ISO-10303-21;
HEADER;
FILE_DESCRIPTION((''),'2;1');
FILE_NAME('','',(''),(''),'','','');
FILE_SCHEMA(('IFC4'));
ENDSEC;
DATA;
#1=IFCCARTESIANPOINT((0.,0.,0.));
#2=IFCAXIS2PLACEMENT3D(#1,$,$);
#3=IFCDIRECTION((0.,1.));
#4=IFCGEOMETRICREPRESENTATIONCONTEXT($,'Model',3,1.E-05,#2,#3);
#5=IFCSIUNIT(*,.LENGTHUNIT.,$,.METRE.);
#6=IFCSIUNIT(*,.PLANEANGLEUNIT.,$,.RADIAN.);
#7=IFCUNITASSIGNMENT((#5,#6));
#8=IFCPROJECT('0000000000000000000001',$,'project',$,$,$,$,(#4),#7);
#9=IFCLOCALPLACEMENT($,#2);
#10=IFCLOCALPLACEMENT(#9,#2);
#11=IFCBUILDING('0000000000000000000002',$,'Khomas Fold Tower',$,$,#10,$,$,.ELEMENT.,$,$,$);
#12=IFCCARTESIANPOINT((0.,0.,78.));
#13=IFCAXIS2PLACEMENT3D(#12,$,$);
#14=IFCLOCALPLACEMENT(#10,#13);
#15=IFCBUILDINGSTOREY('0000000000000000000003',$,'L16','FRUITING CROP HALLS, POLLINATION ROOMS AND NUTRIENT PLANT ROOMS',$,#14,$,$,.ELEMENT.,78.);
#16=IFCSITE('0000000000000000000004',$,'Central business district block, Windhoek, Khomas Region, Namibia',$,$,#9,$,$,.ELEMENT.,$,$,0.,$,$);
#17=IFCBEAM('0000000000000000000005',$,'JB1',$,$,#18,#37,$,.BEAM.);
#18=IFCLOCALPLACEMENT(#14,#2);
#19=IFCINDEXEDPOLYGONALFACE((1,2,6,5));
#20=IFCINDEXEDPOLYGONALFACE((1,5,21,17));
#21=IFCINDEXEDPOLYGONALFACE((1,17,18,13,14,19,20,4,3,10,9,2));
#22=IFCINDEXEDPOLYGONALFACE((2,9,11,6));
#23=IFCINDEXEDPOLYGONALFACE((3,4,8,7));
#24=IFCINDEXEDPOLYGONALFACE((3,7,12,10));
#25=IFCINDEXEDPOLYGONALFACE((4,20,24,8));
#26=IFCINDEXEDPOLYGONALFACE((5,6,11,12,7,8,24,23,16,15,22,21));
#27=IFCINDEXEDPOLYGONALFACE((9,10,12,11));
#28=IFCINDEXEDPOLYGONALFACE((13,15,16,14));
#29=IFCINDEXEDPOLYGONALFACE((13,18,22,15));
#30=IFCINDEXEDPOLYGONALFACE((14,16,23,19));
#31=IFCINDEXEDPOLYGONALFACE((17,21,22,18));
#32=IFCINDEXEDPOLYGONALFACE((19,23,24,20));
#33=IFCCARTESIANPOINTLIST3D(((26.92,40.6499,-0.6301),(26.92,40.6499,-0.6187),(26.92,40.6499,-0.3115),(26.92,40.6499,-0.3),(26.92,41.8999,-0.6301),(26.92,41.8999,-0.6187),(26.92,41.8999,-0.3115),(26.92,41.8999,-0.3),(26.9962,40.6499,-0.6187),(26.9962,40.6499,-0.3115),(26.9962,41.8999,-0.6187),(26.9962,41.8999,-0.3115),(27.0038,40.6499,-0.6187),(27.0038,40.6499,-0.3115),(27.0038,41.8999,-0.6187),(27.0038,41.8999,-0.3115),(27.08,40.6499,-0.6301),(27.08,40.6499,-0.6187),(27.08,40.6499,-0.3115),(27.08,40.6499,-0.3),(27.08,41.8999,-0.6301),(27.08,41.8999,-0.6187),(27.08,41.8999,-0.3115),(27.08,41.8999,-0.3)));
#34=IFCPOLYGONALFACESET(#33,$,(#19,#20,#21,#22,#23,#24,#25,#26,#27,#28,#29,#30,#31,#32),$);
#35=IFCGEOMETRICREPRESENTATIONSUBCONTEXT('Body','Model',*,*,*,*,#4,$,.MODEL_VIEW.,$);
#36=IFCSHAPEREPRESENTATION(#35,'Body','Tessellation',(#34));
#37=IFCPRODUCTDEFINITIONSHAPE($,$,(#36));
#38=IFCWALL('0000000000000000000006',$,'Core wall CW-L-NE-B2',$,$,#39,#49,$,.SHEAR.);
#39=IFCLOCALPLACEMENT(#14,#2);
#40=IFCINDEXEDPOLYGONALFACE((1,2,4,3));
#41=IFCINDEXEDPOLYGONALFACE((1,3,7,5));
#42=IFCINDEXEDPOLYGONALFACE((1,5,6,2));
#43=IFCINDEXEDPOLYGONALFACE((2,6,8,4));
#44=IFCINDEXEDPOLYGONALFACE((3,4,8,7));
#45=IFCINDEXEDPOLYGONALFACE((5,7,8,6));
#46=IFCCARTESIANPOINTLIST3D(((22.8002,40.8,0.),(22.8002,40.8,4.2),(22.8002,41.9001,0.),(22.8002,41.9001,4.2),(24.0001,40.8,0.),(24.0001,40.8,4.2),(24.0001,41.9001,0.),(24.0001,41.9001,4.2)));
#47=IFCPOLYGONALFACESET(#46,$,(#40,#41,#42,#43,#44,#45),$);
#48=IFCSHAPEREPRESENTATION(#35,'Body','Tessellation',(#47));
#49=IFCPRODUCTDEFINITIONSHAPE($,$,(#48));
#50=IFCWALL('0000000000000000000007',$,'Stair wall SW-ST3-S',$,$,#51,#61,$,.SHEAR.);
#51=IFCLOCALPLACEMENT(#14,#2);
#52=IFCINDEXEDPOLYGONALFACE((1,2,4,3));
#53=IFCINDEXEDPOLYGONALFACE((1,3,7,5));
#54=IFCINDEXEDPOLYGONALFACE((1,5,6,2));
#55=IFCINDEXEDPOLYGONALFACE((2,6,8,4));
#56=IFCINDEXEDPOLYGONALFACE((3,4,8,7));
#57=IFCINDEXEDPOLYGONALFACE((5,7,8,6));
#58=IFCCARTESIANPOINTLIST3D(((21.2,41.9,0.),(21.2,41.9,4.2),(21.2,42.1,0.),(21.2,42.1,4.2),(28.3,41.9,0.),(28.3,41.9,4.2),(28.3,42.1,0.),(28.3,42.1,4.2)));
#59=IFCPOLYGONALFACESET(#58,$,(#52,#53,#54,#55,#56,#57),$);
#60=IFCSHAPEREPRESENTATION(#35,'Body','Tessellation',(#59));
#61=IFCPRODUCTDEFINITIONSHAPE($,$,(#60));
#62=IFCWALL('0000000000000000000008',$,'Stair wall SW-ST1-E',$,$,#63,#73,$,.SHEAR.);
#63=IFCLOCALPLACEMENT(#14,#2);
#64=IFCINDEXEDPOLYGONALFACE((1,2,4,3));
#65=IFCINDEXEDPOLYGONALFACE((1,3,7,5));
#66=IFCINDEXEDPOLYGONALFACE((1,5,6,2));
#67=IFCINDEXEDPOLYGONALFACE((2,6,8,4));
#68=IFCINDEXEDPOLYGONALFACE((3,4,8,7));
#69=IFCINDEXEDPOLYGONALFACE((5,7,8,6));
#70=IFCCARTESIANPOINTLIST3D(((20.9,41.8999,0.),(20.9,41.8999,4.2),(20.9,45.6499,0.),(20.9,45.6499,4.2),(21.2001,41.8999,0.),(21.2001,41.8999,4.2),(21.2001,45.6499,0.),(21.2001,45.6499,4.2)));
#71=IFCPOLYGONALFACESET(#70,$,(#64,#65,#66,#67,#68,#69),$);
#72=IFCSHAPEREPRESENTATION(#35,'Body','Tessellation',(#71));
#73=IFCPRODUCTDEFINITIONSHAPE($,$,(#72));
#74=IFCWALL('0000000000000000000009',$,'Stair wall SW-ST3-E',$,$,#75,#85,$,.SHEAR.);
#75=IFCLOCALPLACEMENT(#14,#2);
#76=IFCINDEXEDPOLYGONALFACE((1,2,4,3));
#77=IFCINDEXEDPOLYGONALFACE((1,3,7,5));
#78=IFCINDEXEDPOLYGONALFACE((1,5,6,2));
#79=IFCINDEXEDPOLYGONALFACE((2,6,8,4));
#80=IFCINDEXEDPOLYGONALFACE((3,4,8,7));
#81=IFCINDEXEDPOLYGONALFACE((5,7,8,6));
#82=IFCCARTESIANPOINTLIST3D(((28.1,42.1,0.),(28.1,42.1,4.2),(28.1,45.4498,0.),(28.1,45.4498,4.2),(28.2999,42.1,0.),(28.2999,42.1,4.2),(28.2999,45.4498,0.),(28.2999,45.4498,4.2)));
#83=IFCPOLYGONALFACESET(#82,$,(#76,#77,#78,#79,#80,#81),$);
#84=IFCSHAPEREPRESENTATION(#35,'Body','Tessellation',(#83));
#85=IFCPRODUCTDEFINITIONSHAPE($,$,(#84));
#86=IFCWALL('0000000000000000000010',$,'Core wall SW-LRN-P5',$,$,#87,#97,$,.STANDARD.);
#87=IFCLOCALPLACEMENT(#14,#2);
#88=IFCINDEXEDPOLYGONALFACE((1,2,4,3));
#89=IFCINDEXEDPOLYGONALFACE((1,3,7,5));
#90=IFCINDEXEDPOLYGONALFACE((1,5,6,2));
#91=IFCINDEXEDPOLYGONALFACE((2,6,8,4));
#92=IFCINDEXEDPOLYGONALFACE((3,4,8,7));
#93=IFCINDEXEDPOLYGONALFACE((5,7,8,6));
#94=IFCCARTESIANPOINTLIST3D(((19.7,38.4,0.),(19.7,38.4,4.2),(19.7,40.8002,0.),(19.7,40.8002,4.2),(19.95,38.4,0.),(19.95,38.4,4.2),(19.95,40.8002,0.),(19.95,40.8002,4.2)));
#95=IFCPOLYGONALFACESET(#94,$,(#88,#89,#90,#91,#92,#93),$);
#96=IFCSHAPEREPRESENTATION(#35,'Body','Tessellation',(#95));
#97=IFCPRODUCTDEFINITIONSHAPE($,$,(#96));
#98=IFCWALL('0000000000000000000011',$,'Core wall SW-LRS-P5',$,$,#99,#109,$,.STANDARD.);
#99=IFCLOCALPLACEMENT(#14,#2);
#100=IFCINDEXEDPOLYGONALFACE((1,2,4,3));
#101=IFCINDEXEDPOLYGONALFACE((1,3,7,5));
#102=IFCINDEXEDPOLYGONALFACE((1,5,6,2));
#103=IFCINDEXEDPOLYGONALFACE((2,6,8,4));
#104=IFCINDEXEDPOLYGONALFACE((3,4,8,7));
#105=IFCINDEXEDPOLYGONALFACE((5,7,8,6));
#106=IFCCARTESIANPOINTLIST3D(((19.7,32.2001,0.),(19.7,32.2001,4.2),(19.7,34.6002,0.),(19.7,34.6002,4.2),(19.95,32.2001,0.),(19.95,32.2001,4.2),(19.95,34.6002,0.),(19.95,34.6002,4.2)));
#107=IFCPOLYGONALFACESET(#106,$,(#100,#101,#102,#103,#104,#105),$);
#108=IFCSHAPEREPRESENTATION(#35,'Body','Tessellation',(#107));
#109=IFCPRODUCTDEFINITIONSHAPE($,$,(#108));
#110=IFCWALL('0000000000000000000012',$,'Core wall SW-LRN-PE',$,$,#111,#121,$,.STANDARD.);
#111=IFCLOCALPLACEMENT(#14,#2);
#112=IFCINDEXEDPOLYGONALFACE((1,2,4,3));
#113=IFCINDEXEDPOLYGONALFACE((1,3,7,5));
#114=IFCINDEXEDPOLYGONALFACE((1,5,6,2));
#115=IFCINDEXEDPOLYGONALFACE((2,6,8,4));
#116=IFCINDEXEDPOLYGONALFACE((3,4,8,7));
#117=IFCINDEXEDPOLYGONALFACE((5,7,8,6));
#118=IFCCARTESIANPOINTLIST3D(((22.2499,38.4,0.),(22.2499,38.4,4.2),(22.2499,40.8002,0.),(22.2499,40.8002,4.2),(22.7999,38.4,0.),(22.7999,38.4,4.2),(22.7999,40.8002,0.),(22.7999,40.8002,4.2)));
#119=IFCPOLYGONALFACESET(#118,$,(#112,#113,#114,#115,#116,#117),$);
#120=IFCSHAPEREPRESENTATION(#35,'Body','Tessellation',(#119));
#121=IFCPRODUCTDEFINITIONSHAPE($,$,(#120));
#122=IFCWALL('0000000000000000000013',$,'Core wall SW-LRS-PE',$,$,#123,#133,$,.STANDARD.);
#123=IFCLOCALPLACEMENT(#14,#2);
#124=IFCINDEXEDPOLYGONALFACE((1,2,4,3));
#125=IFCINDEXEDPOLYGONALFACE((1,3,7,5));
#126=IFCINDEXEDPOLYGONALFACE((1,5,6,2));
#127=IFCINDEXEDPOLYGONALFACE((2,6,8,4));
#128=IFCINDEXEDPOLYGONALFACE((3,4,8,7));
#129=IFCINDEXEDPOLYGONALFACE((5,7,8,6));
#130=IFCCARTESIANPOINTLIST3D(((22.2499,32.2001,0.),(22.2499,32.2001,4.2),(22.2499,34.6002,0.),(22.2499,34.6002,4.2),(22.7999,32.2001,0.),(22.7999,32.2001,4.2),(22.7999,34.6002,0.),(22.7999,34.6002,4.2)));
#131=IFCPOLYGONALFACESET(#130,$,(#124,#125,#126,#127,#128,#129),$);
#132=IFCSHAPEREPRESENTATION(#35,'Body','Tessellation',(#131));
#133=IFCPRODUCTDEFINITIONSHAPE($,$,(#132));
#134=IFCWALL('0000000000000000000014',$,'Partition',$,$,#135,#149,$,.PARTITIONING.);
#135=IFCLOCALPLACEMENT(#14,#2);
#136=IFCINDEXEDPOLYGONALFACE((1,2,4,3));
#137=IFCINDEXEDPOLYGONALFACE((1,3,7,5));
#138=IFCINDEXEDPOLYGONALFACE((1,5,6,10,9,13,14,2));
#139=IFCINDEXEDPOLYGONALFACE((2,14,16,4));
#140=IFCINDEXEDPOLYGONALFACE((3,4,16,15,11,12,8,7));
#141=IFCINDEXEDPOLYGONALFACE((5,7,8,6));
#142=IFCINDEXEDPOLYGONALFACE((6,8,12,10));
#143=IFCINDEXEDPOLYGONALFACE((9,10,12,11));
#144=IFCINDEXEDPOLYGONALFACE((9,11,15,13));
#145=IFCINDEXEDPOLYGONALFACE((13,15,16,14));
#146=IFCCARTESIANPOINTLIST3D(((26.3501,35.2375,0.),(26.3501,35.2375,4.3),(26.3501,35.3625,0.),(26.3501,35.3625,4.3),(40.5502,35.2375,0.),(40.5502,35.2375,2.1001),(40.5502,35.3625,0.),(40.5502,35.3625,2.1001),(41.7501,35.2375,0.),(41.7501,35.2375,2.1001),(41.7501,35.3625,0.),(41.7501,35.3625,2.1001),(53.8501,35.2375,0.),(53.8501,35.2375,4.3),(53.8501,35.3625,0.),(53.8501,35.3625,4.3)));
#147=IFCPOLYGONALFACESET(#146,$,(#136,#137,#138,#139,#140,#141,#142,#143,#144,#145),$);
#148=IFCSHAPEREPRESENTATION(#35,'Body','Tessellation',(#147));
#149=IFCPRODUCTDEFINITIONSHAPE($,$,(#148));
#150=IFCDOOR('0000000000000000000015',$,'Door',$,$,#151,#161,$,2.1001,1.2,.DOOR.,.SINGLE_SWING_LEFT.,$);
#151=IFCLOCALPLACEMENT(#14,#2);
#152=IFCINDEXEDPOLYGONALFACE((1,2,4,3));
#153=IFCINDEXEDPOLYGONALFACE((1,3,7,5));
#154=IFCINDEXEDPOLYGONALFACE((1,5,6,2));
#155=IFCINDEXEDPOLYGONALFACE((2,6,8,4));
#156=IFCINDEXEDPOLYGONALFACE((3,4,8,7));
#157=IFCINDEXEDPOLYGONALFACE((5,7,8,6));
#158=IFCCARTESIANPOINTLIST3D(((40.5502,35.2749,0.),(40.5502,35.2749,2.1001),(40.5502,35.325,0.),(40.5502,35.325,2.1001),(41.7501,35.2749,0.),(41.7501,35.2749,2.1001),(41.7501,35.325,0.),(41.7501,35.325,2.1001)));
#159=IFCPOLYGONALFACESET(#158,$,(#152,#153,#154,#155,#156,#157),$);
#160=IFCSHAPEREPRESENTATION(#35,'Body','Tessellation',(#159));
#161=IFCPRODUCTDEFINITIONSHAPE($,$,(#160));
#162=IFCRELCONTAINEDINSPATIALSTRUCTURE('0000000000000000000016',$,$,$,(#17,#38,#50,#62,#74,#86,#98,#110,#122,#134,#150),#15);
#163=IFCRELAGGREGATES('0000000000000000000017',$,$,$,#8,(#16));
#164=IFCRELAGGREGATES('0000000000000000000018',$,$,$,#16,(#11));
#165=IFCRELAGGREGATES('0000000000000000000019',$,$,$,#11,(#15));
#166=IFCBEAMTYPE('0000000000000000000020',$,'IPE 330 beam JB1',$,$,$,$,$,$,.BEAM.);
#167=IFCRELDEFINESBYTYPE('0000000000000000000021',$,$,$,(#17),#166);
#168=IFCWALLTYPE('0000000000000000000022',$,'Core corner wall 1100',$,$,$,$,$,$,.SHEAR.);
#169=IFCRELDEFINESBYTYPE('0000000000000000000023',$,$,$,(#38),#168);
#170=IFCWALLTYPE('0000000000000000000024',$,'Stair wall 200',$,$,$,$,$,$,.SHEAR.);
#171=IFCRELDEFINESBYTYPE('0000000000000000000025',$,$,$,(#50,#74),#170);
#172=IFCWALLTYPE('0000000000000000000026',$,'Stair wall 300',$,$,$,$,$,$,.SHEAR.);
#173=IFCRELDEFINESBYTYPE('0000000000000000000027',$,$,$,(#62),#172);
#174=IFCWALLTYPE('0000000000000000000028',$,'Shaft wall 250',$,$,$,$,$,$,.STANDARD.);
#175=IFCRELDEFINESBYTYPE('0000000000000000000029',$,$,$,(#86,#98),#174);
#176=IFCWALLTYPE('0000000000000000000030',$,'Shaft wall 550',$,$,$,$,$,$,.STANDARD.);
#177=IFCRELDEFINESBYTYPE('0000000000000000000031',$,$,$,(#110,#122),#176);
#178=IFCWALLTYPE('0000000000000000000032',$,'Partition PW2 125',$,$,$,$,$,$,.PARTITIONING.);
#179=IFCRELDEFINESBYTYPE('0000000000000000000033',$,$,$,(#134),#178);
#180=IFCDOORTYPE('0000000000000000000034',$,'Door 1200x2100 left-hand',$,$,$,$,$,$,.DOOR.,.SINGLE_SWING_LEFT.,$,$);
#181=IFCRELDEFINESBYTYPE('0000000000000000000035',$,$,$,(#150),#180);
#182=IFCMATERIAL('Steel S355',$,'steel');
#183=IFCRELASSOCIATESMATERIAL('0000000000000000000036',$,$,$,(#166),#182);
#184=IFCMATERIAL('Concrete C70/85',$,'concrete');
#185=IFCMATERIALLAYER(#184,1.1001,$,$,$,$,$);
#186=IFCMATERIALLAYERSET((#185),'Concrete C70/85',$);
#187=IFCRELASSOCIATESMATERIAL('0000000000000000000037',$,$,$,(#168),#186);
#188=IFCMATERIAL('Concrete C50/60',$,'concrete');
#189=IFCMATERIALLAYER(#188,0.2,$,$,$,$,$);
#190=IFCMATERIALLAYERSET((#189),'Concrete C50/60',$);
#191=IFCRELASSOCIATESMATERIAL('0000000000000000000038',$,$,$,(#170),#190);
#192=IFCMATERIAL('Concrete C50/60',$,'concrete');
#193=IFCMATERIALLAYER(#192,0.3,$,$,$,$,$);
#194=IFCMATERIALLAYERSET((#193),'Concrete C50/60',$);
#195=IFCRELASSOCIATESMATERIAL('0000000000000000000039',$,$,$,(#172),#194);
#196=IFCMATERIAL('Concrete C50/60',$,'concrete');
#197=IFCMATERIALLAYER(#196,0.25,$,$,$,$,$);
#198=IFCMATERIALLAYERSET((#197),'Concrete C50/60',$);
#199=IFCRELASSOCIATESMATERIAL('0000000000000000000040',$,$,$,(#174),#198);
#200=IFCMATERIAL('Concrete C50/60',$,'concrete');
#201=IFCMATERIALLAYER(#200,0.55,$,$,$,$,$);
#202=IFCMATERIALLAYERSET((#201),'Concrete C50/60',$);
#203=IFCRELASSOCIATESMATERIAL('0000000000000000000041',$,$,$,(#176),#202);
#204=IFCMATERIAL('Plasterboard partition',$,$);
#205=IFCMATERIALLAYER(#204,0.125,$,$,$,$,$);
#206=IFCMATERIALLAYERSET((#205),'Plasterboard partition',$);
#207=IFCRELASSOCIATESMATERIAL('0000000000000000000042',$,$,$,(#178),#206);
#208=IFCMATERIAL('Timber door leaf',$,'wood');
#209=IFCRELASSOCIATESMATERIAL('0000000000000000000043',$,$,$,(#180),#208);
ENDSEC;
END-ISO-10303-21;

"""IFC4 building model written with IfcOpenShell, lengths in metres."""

from ifc_helpers import new_model, si_unit, direction, frame, frame_2d, origin, origin_2d, place, context, subcontext, project, spatial, rectangle, i_section, extrude, source, transform, mapped, material, layer, layer_set, material_profile, profile_set, type_object, element, fill, save


model = new_model("IFC4")

# Units and contexts
model_context = context("Model", 3, precision=1e-05, world=origin(), true_north=direction((0.0, 1.0)))
body_context = subcontext(model_context, "Body", "Model", "MODEL_VIEW")
ifc_project = project(units=[si_unit("LENGTHUNIT", "METRE"), si_unit("PLANEANGLEUNIT", "RADIAN")], contexts=[model_context])

# Site, building, storey
site_placement = place(None, origin())
site = spatial("IfcSite", under=ifc_project, at=site_placement, Name="Central business district block, Windhoek, Khomas Region, Namibia", CompositionType="ELEMENT", RefElevation=0.0)
building_placement = place(site_placement, origin())
building = spatial("IfcBuilding", under=site, at=building_placement, Name="Khomas Fold Tower", CompositionType="ELEMENT")
storey_placement = place(building_placement, frame((0.0, 0.0, 78.0)))
storey = spatial("IfcBuildingStorey", under=building, at=storey_placement, Name="L16", Description="FRUITING CROP HALLS, POLLINATION ROOMS AND NUTRIENT PLANT ROOMS", CompositionType="ELEMENT", Elevation=78.0)

# Beam
ifc_material_1 = material(Name="Steel S355", Category="steel")
ifc_material_profile_1 = material_profile(ifc_material_1, i_section(OverallWidth=0.1599, OverallDepth=0.3301, WebThickness=0.0076, FlangeThickness=0.0115, at=origin_2d()), Name="IPE 330")
ifc_profile_set_1 = profile_set([ifc_material_profile_1], Name="Steel S355")
beam_type_1 = type_object("IfcBeamType", Name="IPE 330 beam JB1", PredefinedType="BEAM", material=ifc_profile_set_1)
shared_shape_1 = source(origin(), body_context, "Body", "SweptSolid", [
    extrude(i_section(OverallWidth=0.1599, OverallDepth=0.3301, WebThickness=0.0076, FlangeThickness=0.0115, at=origin_2d()), origin(), (0.0, 0.0, 1.0), 1.25),
])
beam_1_placement = place(storey_placement, frame((27.0, 40.6499, -0.4651), z_axis=(0.0, 1.0, 0.0), x_axis=(-1.0, 0.0, 0.0)))
element("IfcBeam", 1, at=beam_1_placement, inside=storey, type_object=beam_type_1, Name="JB1", PredefinedType="BEAM", context=body_context, shape_type="MappedRepresentation", body=[
    mapped(shared_shape_1, transform((0.0, 0.0, 0.0))),
])

# Walls
ifc_material_2 = material(Name="Concrete C70/85", Category="concrete")
ifc_layer_1 = layer(ifc_material_2, 1.1001)
ifc_layer_set_1 = layer_set([ifc_layer_1], Name="Concrete C70/85")
wall_type_1 = type_object("IfcWallType", Name="Core corner wall 1100", PredefinedType="SHEAR", material=ifc_layer_set_1)
shared_shape_2 = source(origin(), body_context, "Body", "SweptSolid", [
    extrude(rectangle(XDim=1.2, YDim=1.1001, at=frame_2d((0.6001, 0.0))), origin(), (0.0, 0.0, 1.0), 4.2),
])
wall_1_placement = place(storey_placement, frame((22.8, 41.3501, 0.0), z_axis=(0.0, 0.0, 1.0), x_axis=(1.0, 0.0, 0.0)))
element("IfcWall", 2, at=wall_1_placement, inside=storey, type_object=wall_type_1, Name="Core wall CW-L-NE-B2", PredefinedType="SHEAR", context=body_context, shape_type="MappedRepresentation", body=[
    mapped(shared_shape_2, transform((0.0, 0.0, 0.0))),
])
ifc_material_3 = material(Name="Concrete C50/60", Category="concrete")
ifc_layer_2 = layer(ifc_material_3, 0.2)
ifc_layer_set_2 = layer_set([ifc_layer_2], Name="Concrete C50/60")
wall_type_2 = type_object("IfcWallType", Name="Stair wall 200", PredefinedType="SHEAR", material=ifc_layer_set_2)
shared_shape_3 = source(origin(), body_context, "Body", "SweptSolid", [
    extrude(rectangle(XDim=7.1001, YDim=0.2, at=frame_2d((3.55, 0.0))), origin(), (0.0, 0.0, 1.0), 4.2),
])
wall_2_placement = place(storey_placement, frame((21.2, 42.0, 0.0), z_axis=(0.0, 0.0, 1.0), x_axis=(1.0, 0.0, 0.0)))
element("IfcWall", 3, at=wall_2_placement, inside=storey, type_object=wall_type_2, Name="Stair wall SW-ST3-S", PredefinedType="SHEAR", context=body_context, shape_type="MappedRepresentation", body=[
    mapped(shared_shape_3, transform((0.0, 0.0, 0.0))),
])
ifc_material_4 = material(Name="Concrete C50/60", Category="concrete")
ifc_layer_3 = layer(ifc_material_4, 0.3)
ifc_layer_set_3 = layer_set([ifc_layer_3], Name="Concrete C50/60")
wall_type_3 = type_object("IfcWallType", Name="Stair wall 300", PredefinedType="SHEAR", material=ifc_layer_set_3)
shared_shape_4 = source(origin(), body_context, "Body", "SweptSolid", [
    extrude(rectangle(XDim=3.75, YDim=0.3, at=frame_2d((1.875, 0.0))), origin(), (0.0, 0.0, 1.0), 4.2),
])
wall_3_placement = place(storey_placement, frame((21.05, 41.8999, 0.0), z_axis=(0.0, 0.0, 1.0), x_axis=(0.0, 1.0, 0.0)))
element("IfcWall", 4, at=wall_3_placement, inside=storey, type_object=wall_type_3, Name="Stair wall SW-ST1-E", PredefinedType="SHEAR", context=body_context, shape_type="MappedRepresentation", body=[
    mapped(shared_shape_4, transform((0.0, 0.0, 0.0))),
])
shared_shape_5 = source(origin(), body_context, "Body", "SweptSolid", [
    extrude(rectangle(XDim=3.3499, YDim=0.2, at=frame_2d((1.6748, 0.0))), origin(), (0.0, 0.0, 1.0), 4.2),
])
wall_4_placement = place(storey_placement, frame((28.2, 42.1001, 0.0), z_axis=(0.0, 0.0, 1.0), x_axis=(0.0, 1.0, 0.0)))
element("IfcWall", 5, at=wall_4_placement, inside=storey, type_object=wall_type_2, Name="Stair wall SW-ST3-E", PredefinedType="SHEAR", context=body_context, shape_type="MappedRepresentation", body=[
    mapped(shared_shape_5, transform((0.0, 0.0, 0.0))),
])
ifc_material_5 = material(Name="Concrete C50/60", Category="concrete")
ifc_layer_4 = layer(ifc_material_5, 0.25)
ifc_layer_set_4 = layer_set([ifc_layer_4], Name="Concrete C50/60")
wall_type_4 = type_object("IfcWallType", Name="Shaft wall 250", PredefinedType="STANDARD", material=ifc_layer_set_4)
shared_shape_6 = source(origin(), body_context, "Body", "SweptSolid", [
    extrude(rectangle(XDim=2.4001, YDim=0.25, at=frame_2d((1.2002, 0.0))), origin(), (0.0, 0.0, 1.0), 4.2),
])
for number, where, z_axis, x_axis, name in (
    (6, (19.825, 38.3999, 0.0), (0.0, 0.0, 1.0), (0.0, 1.0, 0.0), "Core wall SW-LRN-P5"),
    (7, (19.825, 32.2, 0.0), (0.0, 0.0, 1.0), (0.0, 1.0, 0.0), "Core wall SW-LRS-P5"),
):
    element("IfcWall", number, at=place(storey_placement, frame(where, z_axis=z_axis, x_axis=x_axis)), inside=storey, type_object=wall_type_4, Name=name, PredefinedType="STANDARD", context=body_context, shape_type="MappedRepresentation", body=[
        mapped(shared_shape_6, transform((0.0, 0.0, 0.0))),
    ])
ifc_material_6 = material(Name="Concrete C50/60", Category="concrete")
ifc_layer_5 = layer(ifc_material_6, 0.55)
ifc_layer_set_5 = layer_set([ifc_layer_5], Name="Concrete C50/60")
wall_type_5 = type_object("IfcWallType", Name="Shaft wall 550", PredefinedType="STANDARD", material=ifc_layer_set_5)
shared_shape_7 = source(origin(), body_context, "Body", "SweptSolid", [
    extrude(rectangle(XDim=2.4001, YDim=0.55, at=frame_2d((1.2002, 0.0))), origin(), (0.0, 0.0, 1.0), 4.2),
])
for number, where, z_axis, x_axis, name in (
    (8, (22.5249, 38.3999, 0.0), (0.0, 0.0, 1.0), (0.0, 1.0, 0.0), "Core wall SW-LRN-PE"),
    (9, (22.5249, 32.2, 0.0), (0.0, 0.0, 1.0), (0.0, 1.0, 0.0), "Core wall SW-LRS-PE"),
):
    element("IfcWall", number, at=place(storey_placement, frame(where, z_axis=z_axis, x_axis=x_axis)), inside=storey, type_object=wall_type_5, Name=name, PredefinedType="STANDARD", context=body_context, shape_type="MappedRepresentation", body=[
        mapped(shared_shape_7, transform((0.0, 0.0, 0.0))),
    ])

# Wall, opening, door
ifc_material_7 = material(Name="Plasterboard partition")
ifc_layer_6 = layer(ifc_material_7, 0.125)
ifc_layer_set_6 = layer_set([ifc_layer_6], Name="Plasterboard partition")
wall_type_6 = type_object("IfcWallType", Name="Partition PW2 125", PredefinedType="PARTITIONING", material=ifc_layer_set_6)
shared_shape_8 = source(origin(), body_context, "Body", "SweptSolid", [
    extrude(rectangle(XDim=27.5, YDim=0.125, at=frame_2d((13.75, 0.0))), origin(), (0.0, 0.0, 1.0), 4.3),
])
wall_5_placement = place(storey_placement, frame((26.3501, 35.3, 0.0), z_axis=(0.0, 0.0, 1.0), x_axis=(1.0, 0.0, 0.0)))
wall_5 = element("IfcWall", 10, at=wall_5_placement, inside=storey, type_object=wall_type_6, Name="Partition", PredefinedType="PARTITIONING", context=body_context, shape_type="MappedRepresentation", body=[
    mapped(shared_shape_8, transform((0.0, 0.0, 0.0))),
])
shared_shape_9 = source(origin(), body_context, "Body", "SweptSolid", [
    extrude(rectangle(XDim=1.2, YDim=2.1001, at=frame_2d((0.6001, 1.05))), frame((0.0, 0.0725, 0.0), z_axis=(0.0, -1.0, 0.0), x_axis=(1.0, 0.0, 0.0)), (0.0, 0.0, 1.0), 0.145),
])
opening_1_placement = place(wall_5_placement, frame((14.2, 0.0, 0.0)))
opening_1 = element("IfcOpeningElement", 11, at=opening_1_placement, cuts=wall_5, PredefinedType="OPENING", context=body_context, shape_type="MappedRepresentation", body=[
    mapped(shared_shape_9, transform((0.0, 0.0, 0.0))),
])
ifc_material_8 = material(Name="Timber door leaf", Category="wood")
door_type_1 = type_object("IfcDoorType", Name="Door 1200x2100 left-hand", OperationType="SINGLE_SWING_LEFT", PredefinedType="DOOR", material=ifc_material_8)
shared_shape_10 = source(origin(), body_context, "Body", "SweptSolid", [
    extrude(rectangle(XDim=1.2, YDim=2.1001, at=frame_2d((0.6001, 1.05))), frame((0.0, 0.0249, 0.0), z_axis=(0.0, -1.0, 0.0), x_axis=(1.0, 0.0, 0.0)), (0.0, 0.0, 1.0), 0.05),
])
door_1_placement = place(opening_1_placement, origin())
door_1 = element("IfcDoor", 12, at=door_1_placement, inside=storey, type_object=door_type_1, Name="Door", OperationType="SINGLE_SWING_LEFT", OverallHeight=2.1001, OverallWidth=1.2, PredefinedType="DOOR", context=body_context, shape_type="MappedRepresentation", body=[
    mapped(shared_shape_10, transform((0.0, 0.0, 0.0))),
])
fill(opening_1, door_1)

save(model, "model.ifc")
